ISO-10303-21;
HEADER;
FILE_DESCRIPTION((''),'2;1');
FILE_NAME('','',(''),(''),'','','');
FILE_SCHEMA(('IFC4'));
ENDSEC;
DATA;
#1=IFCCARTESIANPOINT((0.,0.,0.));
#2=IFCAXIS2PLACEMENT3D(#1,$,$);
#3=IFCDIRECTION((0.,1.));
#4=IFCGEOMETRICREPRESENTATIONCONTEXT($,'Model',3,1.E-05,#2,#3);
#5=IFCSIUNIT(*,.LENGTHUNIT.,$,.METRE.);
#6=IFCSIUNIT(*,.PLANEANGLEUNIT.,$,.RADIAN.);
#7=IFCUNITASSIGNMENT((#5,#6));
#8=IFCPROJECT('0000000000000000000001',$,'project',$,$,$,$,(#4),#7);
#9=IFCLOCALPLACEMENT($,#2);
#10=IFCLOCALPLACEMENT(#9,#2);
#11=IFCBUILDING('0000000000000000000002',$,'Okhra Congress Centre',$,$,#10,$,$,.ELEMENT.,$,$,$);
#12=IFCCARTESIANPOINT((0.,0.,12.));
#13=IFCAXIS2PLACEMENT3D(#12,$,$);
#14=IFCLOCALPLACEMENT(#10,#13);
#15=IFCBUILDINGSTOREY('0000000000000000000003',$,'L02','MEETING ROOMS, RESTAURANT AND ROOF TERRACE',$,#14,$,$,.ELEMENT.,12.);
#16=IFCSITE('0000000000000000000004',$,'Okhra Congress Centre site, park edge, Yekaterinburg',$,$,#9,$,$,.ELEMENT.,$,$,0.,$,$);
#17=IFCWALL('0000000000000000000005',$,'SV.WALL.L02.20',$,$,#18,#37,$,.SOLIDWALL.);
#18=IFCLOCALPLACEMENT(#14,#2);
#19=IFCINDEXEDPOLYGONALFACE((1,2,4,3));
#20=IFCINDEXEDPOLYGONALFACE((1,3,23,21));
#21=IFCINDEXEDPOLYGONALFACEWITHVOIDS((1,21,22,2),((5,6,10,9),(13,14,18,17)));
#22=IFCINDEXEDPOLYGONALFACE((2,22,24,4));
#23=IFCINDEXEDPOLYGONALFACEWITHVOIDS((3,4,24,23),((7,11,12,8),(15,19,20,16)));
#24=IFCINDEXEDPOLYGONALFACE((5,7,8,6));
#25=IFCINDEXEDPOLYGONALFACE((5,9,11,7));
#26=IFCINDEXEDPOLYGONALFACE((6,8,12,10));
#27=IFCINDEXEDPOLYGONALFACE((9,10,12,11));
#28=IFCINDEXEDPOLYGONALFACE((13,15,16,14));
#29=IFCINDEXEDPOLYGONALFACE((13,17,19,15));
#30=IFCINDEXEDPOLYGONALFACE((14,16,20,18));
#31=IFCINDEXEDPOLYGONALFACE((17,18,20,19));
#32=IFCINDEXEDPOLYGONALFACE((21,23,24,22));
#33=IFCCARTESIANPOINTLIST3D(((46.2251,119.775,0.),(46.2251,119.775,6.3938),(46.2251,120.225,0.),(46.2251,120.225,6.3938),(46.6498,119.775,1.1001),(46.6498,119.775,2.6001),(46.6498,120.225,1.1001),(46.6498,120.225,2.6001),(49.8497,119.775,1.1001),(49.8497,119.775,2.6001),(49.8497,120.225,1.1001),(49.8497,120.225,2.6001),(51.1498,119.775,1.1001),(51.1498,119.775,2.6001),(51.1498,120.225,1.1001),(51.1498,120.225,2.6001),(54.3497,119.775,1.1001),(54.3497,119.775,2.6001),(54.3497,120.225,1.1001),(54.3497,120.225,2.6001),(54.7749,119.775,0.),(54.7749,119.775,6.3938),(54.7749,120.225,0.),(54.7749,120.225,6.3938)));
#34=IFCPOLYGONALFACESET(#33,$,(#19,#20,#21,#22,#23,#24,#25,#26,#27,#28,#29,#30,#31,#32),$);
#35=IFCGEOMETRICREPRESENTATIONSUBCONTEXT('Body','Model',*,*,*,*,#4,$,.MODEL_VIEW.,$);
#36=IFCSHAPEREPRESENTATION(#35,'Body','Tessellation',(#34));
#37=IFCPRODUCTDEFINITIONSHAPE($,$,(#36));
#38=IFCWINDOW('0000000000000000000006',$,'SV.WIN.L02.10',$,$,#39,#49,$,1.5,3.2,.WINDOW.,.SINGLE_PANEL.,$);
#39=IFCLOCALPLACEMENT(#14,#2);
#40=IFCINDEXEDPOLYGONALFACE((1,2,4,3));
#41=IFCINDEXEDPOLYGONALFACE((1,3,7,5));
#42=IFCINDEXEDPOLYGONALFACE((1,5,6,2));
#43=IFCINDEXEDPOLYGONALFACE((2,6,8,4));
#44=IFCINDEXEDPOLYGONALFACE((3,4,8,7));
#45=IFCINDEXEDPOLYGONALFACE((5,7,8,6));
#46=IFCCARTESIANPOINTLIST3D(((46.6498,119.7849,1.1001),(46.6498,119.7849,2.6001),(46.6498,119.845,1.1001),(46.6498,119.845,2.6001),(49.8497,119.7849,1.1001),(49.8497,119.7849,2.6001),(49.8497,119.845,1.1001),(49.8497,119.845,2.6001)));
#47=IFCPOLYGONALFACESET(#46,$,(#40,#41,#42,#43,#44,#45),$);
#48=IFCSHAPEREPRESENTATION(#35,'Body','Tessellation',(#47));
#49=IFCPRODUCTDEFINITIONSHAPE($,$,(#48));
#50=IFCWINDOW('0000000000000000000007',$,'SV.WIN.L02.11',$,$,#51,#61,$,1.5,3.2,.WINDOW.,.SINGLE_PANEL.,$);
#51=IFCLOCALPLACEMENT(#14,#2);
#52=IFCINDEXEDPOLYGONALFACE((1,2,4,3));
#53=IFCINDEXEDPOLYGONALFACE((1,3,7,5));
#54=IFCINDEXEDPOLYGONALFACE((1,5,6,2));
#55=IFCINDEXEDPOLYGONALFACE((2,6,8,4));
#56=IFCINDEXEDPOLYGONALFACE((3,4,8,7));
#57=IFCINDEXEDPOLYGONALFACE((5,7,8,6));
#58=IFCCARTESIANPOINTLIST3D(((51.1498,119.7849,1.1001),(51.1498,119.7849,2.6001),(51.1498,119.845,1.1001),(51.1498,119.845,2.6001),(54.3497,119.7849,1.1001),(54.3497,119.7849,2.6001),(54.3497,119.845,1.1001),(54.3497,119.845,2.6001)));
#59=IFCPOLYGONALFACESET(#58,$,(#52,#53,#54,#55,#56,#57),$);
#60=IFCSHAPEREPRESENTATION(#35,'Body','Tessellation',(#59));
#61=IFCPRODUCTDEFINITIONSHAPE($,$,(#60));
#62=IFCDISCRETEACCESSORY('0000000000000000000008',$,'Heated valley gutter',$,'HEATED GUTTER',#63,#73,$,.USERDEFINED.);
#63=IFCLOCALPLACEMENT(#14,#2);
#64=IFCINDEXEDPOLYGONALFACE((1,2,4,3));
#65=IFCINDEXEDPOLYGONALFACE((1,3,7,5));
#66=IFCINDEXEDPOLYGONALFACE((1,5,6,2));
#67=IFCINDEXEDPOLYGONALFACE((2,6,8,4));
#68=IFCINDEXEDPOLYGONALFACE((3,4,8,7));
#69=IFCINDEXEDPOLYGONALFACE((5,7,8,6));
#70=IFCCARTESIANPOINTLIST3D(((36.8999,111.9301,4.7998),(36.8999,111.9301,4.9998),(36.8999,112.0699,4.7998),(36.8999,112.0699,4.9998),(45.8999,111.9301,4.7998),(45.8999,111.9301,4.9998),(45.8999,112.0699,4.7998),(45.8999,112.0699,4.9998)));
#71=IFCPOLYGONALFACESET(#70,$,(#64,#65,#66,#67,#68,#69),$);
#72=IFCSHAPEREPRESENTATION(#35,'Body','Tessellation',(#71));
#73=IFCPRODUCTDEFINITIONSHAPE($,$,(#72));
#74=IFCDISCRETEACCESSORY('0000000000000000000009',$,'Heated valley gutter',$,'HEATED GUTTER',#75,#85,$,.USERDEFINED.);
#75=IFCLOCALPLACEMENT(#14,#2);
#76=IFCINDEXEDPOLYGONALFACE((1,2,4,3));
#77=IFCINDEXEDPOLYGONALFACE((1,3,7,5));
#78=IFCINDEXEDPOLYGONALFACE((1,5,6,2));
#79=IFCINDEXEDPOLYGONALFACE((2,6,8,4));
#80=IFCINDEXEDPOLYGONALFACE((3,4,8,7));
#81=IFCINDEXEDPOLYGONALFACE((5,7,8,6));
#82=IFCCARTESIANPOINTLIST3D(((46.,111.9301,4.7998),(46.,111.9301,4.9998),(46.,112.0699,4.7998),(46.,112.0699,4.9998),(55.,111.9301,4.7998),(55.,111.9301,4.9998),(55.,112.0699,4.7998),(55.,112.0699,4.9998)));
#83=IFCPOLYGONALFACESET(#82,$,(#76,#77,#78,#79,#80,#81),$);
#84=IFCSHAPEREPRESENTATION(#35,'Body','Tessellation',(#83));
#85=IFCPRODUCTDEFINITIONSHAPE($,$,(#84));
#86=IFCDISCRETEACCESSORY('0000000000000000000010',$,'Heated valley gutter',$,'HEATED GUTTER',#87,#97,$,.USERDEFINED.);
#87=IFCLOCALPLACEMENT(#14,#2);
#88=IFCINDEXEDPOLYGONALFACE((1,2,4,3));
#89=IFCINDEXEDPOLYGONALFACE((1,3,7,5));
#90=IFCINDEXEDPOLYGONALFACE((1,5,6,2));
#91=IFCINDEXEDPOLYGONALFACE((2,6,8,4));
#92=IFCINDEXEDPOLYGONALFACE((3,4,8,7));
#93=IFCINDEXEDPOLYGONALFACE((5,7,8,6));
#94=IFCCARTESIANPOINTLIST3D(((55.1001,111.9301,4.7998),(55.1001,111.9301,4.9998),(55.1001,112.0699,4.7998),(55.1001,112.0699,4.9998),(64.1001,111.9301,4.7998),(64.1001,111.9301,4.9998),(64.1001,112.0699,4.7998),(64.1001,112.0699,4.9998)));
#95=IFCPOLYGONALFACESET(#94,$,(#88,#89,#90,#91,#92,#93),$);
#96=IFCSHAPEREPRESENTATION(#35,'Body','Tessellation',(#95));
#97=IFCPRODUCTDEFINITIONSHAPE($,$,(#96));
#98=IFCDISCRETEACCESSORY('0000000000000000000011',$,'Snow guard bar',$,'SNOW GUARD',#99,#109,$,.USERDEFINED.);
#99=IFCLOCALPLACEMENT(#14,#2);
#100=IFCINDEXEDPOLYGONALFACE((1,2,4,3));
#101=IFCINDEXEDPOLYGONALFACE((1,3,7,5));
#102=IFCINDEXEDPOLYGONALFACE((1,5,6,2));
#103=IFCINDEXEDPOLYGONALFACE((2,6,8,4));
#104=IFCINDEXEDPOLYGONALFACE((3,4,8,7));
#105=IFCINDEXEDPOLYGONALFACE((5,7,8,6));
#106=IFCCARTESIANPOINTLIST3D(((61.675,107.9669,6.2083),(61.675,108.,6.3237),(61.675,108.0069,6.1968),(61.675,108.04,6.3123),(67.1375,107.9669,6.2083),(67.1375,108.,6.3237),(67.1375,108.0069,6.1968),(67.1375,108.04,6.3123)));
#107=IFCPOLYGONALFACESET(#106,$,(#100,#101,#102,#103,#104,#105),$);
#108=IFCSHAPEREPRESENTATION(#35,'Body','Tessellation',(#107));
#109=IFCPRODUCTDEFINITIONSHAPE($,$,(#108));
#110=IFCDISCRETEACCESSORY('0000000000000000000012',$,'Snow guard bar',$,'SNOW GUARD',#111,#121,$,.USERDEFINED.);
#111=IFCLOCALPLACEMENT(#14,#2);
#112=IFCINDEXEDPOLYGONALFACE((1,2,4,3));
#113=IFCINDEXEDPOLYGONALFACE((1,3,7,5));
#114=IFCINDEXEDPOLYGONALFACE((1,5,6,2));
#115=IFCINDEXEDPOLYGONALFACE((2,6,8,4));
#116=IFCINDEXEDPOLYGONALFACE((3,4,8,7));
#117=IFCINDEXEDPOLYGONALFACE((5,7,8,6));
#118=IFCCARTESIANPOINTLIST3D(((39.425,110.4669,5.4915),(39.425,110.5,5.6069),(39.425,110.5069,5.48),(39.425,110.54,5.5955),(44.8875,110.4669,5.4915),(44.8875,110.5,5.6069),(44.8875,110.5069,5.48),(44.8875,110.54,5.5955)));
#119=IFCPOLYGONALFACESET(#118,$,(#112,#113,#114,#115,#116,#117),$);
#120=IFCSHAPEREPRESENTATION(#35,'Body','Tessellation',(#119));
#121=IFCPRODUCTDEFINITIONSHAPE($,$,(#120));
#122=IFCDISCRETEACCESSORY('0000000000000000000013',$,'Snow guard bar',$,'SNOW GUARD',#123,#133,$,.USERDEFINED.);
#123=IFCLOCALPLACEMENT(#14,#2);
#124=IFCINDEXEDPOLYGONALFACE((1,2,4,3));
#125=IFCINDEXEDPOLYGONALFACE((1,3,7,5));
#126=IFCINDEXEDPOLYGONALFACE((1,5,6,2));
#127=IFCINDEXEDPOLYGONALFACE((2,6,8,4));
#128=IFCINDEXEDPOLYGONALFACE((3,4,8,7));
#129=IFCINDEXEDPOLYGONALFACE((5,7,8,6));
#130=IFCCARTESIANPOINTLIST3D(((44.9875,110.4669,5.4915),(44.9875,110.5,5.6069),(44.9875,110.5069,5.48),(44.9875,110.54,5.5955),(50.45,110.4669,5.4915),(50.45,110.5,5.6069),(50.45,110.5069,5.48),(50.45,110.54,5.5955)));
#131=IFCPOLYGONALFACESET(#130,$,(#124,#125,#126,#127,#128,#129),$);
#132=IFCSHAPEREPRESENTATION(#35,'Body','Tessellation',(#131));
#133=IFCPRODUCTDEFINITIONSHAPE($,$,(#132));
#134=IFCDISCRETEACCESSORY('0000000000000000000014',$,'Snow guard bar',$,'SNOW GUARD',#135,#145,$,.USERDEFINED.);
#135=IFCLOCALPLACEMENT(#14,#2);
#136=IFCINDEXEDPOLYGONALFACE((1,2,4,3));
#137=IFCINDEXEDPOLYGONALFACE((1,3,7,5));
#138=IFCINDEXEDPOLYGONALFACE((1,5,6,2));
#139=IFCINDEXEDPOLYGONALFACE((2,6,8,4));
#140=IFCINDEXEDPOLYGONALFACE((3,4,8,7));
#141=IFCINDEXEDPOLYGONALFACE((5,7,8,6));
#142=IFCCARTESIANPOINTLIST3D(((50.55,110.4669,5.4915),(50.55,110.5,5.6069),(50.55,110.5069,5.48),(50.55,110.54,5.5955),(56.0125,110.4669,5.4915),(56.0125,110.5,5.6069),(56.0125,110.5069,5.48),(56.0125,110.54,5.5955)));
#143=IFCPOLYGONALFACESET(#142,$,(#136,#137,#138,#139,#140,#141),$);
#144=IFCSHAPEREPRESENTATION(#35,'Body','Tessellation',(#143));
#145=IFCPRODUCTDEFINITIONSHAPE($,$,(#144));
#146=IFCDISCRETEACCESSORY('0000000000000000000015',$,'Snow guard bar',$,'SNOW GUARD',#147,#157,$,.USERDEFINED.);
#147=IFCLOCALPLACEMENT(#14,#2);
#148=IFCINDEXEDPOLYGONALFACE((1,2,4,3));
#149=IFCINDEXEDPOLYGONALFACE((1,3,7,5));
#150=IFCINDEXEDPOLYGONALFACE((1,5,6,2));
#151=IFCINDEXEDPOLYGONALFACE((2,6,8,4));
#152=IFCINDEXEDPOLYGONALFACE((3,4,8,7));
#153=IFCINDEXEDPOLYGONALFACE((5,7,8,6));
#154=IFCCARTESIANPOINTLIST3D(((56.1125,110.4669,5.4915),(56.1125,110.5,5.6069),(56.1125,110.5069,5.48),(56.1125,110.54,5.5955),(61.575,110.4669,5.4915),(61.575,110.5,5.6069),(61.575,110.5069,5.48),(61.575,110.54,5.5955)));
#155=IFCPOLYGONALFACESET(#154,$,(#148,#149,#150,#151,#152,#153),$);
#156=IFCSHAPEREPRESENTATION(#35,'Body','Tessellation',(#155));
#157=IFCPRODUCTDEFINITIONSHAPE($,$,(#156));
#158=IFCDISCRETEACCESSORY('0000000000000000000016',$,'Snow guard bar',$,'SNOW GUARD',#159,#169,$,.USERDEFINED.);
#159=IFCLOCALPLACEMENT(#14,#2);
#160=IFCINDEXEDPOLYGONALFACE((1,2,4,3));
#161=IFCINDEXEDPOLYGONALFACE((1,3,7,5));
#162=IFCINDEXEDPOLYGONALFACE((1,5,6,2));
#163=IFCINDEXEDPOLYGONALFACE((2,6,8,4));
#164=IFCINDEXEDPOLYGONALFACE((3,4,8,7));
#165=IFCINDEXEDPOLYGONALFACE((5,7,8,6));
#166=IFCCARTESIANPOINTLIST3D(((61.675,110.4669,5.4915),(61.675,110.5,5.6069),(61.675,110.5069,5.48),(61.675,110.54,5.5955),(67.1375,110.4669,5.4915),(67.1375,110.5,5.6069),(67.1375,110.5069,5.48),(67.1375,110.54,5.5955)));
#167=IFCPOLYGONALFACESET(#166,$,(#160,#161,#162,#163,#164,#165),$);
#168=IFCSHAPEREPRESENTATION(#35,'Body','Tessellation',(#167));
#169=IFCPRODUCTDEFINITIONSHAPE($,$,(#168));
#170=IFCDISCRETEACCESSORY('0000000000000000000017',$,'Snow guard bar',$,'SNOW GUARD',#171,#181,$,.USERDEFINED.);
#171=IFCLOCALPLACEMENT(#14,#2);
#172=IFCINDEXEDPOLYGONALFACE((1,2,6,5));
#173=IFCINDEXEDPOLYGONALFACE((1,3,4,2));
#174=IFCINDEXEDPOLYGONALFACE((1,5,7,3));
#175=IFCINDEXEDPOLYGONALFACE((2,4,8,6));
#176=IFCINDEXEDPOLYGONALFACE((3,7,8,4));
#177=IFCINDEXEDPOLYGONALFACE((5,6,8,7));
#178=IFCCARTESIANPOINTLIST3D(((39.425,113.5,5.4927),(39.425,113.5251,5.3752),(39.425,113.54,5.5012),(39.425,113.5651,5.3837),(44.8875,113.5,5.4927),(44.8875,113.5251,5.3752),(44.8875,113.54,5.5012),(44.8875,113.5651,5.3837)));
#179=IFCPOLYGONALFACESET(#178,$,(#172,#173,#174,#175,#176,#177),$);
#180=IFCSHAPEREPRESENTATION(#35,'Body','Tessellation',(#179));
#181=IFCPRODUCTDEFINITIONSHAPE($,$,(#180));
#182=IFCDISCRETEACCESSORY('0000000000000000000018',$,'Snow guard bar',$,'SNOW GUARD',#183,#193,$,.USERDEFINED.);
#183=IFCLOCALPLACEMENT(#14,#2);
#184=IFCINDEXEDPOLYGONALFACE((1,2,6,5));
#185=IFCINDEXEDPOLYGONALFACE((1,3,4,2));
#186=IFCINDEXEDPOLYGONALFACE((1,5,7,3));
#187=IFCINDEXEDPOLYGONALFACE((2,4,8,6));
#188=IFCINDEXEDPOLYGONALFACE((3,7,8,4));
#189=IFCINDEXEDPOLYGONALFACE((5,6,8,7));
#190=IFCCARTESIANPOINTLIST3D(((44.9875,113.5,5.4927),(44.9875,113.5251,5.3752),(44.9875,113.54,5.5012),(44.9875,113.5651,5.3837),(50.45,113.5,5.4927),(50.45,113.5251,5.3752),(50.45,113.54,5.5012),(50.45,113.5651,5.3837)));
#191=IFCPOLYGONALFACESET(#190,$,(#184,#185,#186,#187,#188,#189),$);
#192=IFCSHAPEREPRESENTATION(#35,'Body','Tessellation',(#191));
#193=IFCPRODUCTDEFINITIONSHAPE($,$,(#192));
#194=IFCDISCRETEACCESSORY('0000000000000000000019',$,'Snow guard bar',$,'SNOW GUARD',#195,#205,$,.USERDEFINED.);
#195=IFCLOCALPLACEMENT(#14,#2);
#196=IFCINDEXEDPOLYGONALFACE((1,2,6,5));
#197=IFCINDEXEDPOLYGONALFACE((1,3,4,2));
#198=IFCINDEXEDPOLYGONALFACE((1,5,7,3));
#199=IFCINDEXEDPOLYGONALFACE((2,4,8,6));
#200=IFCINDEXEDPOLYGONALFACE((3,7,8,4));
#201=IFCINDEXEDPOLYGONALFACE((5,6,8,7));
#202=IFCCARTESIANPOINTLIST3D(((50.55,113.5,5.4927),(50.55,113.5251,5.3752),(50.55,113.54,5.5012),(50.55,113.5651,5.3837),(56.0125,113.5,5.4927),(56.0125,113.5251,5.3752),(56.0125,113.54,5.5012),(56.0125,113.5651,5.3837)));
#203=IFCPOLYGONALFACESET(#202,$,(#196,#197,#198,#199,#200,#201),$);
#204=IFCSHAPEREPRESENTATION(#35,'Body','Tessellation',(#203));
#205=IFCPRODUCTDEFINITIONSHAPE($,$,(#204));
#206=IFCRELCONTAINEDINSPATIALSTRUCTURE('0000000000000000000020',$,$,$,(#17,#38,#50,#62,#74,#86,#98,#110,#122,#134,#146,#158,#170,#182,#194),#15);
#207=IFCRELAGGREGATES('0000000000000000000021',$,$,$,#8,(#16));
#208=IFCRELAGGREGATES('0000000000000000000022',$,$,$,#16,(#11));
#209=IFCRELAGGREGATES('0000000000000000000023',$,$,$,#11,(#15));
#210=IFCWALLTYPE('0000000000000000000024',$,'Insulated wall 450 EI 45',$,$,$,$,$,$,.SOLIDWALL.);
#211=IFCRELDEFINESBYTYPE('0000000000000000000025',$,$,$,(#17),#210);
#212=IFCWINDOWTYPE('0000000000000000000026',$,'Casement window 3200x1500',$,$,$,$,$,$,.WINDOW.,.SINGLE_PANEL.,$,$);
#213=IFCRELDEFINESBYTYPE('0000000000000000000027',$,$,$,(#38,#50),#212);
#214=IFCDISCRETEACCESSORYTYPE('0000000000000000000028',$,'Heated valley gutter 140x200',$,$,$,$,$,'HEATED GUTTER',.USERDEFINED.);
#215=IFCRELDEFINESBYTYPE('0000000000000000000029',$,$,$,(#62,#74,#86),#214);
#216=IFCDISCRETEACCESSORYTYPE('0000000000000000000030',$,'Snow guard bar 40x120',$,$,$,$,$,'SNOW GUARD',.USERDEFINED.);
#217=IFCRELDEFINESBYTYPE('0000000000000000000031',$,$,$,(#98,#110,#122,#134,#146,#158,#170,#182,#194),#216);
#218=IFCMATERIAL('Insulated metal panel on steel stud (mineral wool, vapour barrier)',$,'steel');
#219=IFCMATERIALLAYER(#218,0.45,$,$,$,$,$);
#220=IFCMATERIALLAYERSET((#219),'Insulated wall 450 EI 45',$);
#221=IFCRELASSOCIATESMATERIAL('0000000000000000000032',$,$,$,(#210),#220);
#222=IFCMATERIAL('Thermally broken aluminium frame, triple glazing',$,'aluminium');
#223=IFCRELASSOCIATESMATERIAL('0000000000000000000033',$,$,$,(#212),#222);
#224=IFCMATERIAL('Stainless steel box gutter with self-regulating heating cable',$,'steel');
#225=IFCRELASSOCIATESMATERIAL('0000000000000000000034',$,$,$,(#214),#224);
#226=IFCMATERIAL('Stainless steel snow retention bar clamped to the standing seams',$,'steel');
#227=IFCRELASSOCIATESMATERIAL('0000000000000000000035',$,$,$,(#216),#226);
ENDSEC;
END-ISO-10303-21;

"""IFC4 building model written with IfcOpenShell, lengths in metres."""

from ifc_helpers import new_model, si_unit, direction, frame, frame_2d, origin, origin_2d, place, context, subcontext, project, spatial, polyline, rectangle, outline, extrude, material, layer, layer_set, type_object, element, fill, save


model = new_model("IFC4")

# Units and contexts
model_context = context("Model", 3, precision=1e-05, world=origin(), true_north=direction((0.0, 1.0)))
body_context = subcontext(model_context, "Body", "Model", "MODEL_VIEW")
ifc_project = project(units=[si_unit("LENGTHUNIT", "METRE"), si_unit("PLANEANGLEUNIT", "RADIAN")], contexts=[model_context])

# Site, building, storey
site_placement = place(None, origin())
site = spatial("IfcSite", under=ifc_project, at=site_placement, Name="Okhra Congress Centre site, park edge, Yekaterinburg", CompositionType="ELEMENT", RefElevation=0.0)
building_placement = place(site_placement, origin())
building = spatial("IfcBuilding", under=site, at=building_placement, Name="Okhra Congress Centre", CompositionType="ELEMENT")
storey_placement = place(building_placement, frame((0.0, 0.0, 12.0)))
storey = spatial("IfcBuildingStorey", under=building, at=storey_placement, Name="L02", Description="MEETING ROOMS, RESTAURANT AND ROOF TERRACE", CompositionType="ELEMENT", Elevation=12.0)

# Wall, openings, windows
ifc_material_1 = material(Name="Insulated metal panel on steel stud (mineral wool, vapour barrier)", Category="steel")
ifc_layer_1 = layer(ifc_material_1, 0.45)
ifc_layer_set_1 = layer_set([ifc_layer_1], Name="Insulated wall 450 EI 45")
wall_type = type_object("IfcWallType", Name="Insulated wall 450 EI 45", PredefinedType="SOLIDWALL", material=ifc_layer_set_1)
ifc_material_2 = material(Name="Thermally broken aluminium frame, triple glazing", Category="aluminium")
window_type = type_object("IfcWindowType", Name="Casement window 3200x1500", PartitioningType="SINGLE_PANEL", PredefinedType="WINDOW", material=ifc_material_2)
wall_1_placement = place(storey_placement, frame((54.7749, 120.0, 0.0), z_axis=(0.0, 0.0, 1.0), x_axis=(-1.0, 0.0, 0.0)))
wall_1 = element("IfcWall", 1, at=wall_1_placement, inside=storey, type_object=wall_type, Name="SV.WALL.L02.20", PredefinedType="SOLIDWALL", context=body_context, shape_type="SweptSolid", body=[
    extrude(rectangle(XDim=8.5498, YDim=0.45, at=frame_2d((4.2749, 0.0))), origin(), (0.0, 0.0, 1.0), 6.3938),
])
opening_1_placement = place(wall_1_placement, frame((4.925, 0.0, 1.1001)))
opening_1 = element("IfcOpeningElement", 2, at=opening_1_placement, cuts=wall_1, PredefinedType="OPENING", context=body_context, shape_type="SweptSolid", body=[
    extrude(rectangle(XDim=3.2, YDim=1.5, at=frame_2d((1.6001, 0.75))), frame((0.0, 0.2349, 0.0), z_axis=(0.0, -1.0, 0.0), x_axis=(1.0, 0.0, 0.0)), (0.0, 0.0, 1.0), 0.47),
])
opening_2_placement = place(wall_1_placement, frame((0.425, 0.0, 1.1001)))
opening_2 = element("IfcOpeningElement", 3, at=opening_2_placement, cuts=wall_1, PredefinedType="OPENING", context=body_context, shape_type="SweptSolid", body=[
    extrude(rectangle(XDim=3.2, YDim=1.5, at=frame_2d((1.6001, 0.75))), frame((0.0, 0.2349, 0.0), z_axis=(0.0, -1.0, 0.0), x_axis=(1.0, 0.0, 0.0)), (0.0, 0.0, 1.0), 0.47),
])
window_1_placement = place(opening_1_placement, origin())
window_1 = element("IfcWindow", 4, at=window_1_placement, inside=storey, type_object=window_type, Name="SV.WIN.L02.10", OverallHeight=1.5, OverallWidth=3.2, PartitioningType="SINGLE_PANEL", PredefinedType="WINDOW", context=body_context, shape_type="SweptSolid", body=[
    extrude(rectangle(XDim=3.2, YDim=1.5, at=frame_2d((1.6001, 0.75))), frame((0.0, 0.2151, 0.0), z_axis=(0.0, -1.0, 0.0), x_axis=(1.0, 0.0, 0.0)), (0.0, 0.0, 1.0), 0.0601),
])
fill(opening_1, window_1)
window_2_placement = place(opening_2_placement, origin())
window_2 = element("IfcWindow", 5, at=window_2_placement, inside=storey, type_object=window_type, Name="SV.WIN.L02.11", OverallHeight=1.5, OverallWidth=3.2, PartitioningType="SINGLE_PANEL", PredefinedType="WINDOW", context=body_context, shape_type="SweptSolid", body=[
    extrude(rectangle(XDim=3.2, YDim=1.5, at=frame_2d((1.6001, 0.75))), frame((0.0, 0.2151, 0.0), z_axis=(0.0, -1.0, 0.0), x_axis=(1.0, 0.0, 0.0)), (0.0, 0.0, 1.0), 0.0601),
])
fill(opening_2, window_2)

# Discrete accessories
ifc_material_3 = material(Name="Stainless steel box gutter with self-regulating heating cable", Category="steel")
discrete_accessory_type_1 = type_object("IfcDiscreteAccessoryType", Name="Heated valley gutter 140x200", ElementType="HEATED GUTTER", PredefinedType="USERDEFINED", material=ifc_material_3)
for number, where, z_axis, x_axis, name in (
    (6, (41.3999, 112.0, 4.7998), (0.0, 0.0, 1.0), (1.0, 0.0, 0.0), "Heated valley gutter"),
    (7, (50.5, 112.0, 4.7998), (0.0, 0.0, 1.0), (1.0, 0.0, 0.0), "Heated valley gutter"),
    (8, (59.6001, 112.0, 4.7998), (0.0, 0.0, 1.0), (1.0, 0.0, 0.0), "Heated valley gutter"),
):
    element("IfcDiscreteAccessory", number, at=place(storey_placement, frame(where, z_axis=z_axis, x_axis=x_axis)), inside=storey, type_object=discrete_accessory_type_1, Name=name, ObjectType="HEATED GUTTER", PredefinedType="USERDEFINED", context=body_context, shape_type="SweptSolid", body=[
        extrude(rectangle(XDim=9.0, YDim=0.1399, at=origin_2d()), origin(), (0.0, 0.0, 1.0), 0.2),
    ])
ifc_material_4 = material(Name="Stainless steel snow retention bar clamped to the standing seams", Category="steel")
discrete_accessory_type_2 = type_object("IfcDiscreteAccessoryType", Name="Snow guard bar 40x120", ElementType="SNOW GUARD", PredefinedType="USERDEFINED", material=ifc_material_4)
for number, where, z_axis, x_axis, name in (
    (9, (61.675, 108.0, 6.3237), (0.0, 0.275495, 0.961302), (1.0, 0.0, 0.0), "Snow guard bar"),
    (10, (39.425, 110.5, 5.6069), (0.0, 0.275495, 0.961302), (1.0, 0.0, 0.0), "Snow guard bar"),
    (11, (44.9875, 110.5, 5.6069), (0.0, 0.275495, 0.961302), (1.0, 0.0, 0.0), "Snow guard bar"),
    (12, (50.55, 110.5, 5.6069), (0.0, 0.275495, 0.961302), (1.0, 0.0, 0.0), "Snow guard bar"),
    (13, (56.1125, 110.5, 5.6069), (0.0, 0.275495, 0.961302), (1.0, 0.0, 0.0), "Snow guard bar"),
    (14, (61.675, 110.5, 5.6069), (0.0, 0.275495, 0.961302), (1.0, 0.0, 0.0), "Snow guard bar"),
):
    element("IfcDiscreteAccessory", number, at=place(storey_placement, frame(where, z_axis=z_axis, x_axis=x_axis)), inside=storey, type_object=discrete_accessory_type_2, Name=name, ObjectType="SNOW GUARD", PredefinedType="USERDEFINED", context=body_context, shape_type="SweptSolid", body=[
        extrude(outline(polyline([(0.0, 0.0), (5.4624, 0.0), (5.4624, 0.0417), (0.0, 0.0417), (0.0, 0.0)])), origin(), (0.0, 0.0, -1.0), 0.1201),
    ])
for number, where, z_axis, x_axis, name in (
    (15, (39.425, 113.5, 5.4927), (0.0, -0.208715, 0.977977), (1.0, 0.0, 0.0), "Snow guard bar"),
    (16, (44.9875, 113.5, 5.4927), (0.0, -0.208715, 0.977977), (1.0, 0.0, 0.0), "Snow guard bar"),
    (17, (50.55, 113.5, 5.4927), (0.0, -0.208715, 0.977977), (1.0, 0.0, 0.0), "Snow guard bar"),
):
    element("IfcDiscreteAccessory", number, at=place(storey_placement, frame(where, z_axis=z_axis, x_axis=x_axis)), inside=storey, type_object=discrete_accessory_type_2, Name=name, ObjectType="SNOW GUARD", PredefinedType="USERDEFINED", context=body_context, shape_type="SweptSolid", body=[
        extrude(outline(polyline([(0.0, 0.0), (5.4624, 0.0), (5.4624, 0.0409), (0.0, 0.0409), (0.0, 0.0)])), origin(), (0.0, 0.0, -1.0), 0.1201),
    ])

save(model, "model.ifc")
